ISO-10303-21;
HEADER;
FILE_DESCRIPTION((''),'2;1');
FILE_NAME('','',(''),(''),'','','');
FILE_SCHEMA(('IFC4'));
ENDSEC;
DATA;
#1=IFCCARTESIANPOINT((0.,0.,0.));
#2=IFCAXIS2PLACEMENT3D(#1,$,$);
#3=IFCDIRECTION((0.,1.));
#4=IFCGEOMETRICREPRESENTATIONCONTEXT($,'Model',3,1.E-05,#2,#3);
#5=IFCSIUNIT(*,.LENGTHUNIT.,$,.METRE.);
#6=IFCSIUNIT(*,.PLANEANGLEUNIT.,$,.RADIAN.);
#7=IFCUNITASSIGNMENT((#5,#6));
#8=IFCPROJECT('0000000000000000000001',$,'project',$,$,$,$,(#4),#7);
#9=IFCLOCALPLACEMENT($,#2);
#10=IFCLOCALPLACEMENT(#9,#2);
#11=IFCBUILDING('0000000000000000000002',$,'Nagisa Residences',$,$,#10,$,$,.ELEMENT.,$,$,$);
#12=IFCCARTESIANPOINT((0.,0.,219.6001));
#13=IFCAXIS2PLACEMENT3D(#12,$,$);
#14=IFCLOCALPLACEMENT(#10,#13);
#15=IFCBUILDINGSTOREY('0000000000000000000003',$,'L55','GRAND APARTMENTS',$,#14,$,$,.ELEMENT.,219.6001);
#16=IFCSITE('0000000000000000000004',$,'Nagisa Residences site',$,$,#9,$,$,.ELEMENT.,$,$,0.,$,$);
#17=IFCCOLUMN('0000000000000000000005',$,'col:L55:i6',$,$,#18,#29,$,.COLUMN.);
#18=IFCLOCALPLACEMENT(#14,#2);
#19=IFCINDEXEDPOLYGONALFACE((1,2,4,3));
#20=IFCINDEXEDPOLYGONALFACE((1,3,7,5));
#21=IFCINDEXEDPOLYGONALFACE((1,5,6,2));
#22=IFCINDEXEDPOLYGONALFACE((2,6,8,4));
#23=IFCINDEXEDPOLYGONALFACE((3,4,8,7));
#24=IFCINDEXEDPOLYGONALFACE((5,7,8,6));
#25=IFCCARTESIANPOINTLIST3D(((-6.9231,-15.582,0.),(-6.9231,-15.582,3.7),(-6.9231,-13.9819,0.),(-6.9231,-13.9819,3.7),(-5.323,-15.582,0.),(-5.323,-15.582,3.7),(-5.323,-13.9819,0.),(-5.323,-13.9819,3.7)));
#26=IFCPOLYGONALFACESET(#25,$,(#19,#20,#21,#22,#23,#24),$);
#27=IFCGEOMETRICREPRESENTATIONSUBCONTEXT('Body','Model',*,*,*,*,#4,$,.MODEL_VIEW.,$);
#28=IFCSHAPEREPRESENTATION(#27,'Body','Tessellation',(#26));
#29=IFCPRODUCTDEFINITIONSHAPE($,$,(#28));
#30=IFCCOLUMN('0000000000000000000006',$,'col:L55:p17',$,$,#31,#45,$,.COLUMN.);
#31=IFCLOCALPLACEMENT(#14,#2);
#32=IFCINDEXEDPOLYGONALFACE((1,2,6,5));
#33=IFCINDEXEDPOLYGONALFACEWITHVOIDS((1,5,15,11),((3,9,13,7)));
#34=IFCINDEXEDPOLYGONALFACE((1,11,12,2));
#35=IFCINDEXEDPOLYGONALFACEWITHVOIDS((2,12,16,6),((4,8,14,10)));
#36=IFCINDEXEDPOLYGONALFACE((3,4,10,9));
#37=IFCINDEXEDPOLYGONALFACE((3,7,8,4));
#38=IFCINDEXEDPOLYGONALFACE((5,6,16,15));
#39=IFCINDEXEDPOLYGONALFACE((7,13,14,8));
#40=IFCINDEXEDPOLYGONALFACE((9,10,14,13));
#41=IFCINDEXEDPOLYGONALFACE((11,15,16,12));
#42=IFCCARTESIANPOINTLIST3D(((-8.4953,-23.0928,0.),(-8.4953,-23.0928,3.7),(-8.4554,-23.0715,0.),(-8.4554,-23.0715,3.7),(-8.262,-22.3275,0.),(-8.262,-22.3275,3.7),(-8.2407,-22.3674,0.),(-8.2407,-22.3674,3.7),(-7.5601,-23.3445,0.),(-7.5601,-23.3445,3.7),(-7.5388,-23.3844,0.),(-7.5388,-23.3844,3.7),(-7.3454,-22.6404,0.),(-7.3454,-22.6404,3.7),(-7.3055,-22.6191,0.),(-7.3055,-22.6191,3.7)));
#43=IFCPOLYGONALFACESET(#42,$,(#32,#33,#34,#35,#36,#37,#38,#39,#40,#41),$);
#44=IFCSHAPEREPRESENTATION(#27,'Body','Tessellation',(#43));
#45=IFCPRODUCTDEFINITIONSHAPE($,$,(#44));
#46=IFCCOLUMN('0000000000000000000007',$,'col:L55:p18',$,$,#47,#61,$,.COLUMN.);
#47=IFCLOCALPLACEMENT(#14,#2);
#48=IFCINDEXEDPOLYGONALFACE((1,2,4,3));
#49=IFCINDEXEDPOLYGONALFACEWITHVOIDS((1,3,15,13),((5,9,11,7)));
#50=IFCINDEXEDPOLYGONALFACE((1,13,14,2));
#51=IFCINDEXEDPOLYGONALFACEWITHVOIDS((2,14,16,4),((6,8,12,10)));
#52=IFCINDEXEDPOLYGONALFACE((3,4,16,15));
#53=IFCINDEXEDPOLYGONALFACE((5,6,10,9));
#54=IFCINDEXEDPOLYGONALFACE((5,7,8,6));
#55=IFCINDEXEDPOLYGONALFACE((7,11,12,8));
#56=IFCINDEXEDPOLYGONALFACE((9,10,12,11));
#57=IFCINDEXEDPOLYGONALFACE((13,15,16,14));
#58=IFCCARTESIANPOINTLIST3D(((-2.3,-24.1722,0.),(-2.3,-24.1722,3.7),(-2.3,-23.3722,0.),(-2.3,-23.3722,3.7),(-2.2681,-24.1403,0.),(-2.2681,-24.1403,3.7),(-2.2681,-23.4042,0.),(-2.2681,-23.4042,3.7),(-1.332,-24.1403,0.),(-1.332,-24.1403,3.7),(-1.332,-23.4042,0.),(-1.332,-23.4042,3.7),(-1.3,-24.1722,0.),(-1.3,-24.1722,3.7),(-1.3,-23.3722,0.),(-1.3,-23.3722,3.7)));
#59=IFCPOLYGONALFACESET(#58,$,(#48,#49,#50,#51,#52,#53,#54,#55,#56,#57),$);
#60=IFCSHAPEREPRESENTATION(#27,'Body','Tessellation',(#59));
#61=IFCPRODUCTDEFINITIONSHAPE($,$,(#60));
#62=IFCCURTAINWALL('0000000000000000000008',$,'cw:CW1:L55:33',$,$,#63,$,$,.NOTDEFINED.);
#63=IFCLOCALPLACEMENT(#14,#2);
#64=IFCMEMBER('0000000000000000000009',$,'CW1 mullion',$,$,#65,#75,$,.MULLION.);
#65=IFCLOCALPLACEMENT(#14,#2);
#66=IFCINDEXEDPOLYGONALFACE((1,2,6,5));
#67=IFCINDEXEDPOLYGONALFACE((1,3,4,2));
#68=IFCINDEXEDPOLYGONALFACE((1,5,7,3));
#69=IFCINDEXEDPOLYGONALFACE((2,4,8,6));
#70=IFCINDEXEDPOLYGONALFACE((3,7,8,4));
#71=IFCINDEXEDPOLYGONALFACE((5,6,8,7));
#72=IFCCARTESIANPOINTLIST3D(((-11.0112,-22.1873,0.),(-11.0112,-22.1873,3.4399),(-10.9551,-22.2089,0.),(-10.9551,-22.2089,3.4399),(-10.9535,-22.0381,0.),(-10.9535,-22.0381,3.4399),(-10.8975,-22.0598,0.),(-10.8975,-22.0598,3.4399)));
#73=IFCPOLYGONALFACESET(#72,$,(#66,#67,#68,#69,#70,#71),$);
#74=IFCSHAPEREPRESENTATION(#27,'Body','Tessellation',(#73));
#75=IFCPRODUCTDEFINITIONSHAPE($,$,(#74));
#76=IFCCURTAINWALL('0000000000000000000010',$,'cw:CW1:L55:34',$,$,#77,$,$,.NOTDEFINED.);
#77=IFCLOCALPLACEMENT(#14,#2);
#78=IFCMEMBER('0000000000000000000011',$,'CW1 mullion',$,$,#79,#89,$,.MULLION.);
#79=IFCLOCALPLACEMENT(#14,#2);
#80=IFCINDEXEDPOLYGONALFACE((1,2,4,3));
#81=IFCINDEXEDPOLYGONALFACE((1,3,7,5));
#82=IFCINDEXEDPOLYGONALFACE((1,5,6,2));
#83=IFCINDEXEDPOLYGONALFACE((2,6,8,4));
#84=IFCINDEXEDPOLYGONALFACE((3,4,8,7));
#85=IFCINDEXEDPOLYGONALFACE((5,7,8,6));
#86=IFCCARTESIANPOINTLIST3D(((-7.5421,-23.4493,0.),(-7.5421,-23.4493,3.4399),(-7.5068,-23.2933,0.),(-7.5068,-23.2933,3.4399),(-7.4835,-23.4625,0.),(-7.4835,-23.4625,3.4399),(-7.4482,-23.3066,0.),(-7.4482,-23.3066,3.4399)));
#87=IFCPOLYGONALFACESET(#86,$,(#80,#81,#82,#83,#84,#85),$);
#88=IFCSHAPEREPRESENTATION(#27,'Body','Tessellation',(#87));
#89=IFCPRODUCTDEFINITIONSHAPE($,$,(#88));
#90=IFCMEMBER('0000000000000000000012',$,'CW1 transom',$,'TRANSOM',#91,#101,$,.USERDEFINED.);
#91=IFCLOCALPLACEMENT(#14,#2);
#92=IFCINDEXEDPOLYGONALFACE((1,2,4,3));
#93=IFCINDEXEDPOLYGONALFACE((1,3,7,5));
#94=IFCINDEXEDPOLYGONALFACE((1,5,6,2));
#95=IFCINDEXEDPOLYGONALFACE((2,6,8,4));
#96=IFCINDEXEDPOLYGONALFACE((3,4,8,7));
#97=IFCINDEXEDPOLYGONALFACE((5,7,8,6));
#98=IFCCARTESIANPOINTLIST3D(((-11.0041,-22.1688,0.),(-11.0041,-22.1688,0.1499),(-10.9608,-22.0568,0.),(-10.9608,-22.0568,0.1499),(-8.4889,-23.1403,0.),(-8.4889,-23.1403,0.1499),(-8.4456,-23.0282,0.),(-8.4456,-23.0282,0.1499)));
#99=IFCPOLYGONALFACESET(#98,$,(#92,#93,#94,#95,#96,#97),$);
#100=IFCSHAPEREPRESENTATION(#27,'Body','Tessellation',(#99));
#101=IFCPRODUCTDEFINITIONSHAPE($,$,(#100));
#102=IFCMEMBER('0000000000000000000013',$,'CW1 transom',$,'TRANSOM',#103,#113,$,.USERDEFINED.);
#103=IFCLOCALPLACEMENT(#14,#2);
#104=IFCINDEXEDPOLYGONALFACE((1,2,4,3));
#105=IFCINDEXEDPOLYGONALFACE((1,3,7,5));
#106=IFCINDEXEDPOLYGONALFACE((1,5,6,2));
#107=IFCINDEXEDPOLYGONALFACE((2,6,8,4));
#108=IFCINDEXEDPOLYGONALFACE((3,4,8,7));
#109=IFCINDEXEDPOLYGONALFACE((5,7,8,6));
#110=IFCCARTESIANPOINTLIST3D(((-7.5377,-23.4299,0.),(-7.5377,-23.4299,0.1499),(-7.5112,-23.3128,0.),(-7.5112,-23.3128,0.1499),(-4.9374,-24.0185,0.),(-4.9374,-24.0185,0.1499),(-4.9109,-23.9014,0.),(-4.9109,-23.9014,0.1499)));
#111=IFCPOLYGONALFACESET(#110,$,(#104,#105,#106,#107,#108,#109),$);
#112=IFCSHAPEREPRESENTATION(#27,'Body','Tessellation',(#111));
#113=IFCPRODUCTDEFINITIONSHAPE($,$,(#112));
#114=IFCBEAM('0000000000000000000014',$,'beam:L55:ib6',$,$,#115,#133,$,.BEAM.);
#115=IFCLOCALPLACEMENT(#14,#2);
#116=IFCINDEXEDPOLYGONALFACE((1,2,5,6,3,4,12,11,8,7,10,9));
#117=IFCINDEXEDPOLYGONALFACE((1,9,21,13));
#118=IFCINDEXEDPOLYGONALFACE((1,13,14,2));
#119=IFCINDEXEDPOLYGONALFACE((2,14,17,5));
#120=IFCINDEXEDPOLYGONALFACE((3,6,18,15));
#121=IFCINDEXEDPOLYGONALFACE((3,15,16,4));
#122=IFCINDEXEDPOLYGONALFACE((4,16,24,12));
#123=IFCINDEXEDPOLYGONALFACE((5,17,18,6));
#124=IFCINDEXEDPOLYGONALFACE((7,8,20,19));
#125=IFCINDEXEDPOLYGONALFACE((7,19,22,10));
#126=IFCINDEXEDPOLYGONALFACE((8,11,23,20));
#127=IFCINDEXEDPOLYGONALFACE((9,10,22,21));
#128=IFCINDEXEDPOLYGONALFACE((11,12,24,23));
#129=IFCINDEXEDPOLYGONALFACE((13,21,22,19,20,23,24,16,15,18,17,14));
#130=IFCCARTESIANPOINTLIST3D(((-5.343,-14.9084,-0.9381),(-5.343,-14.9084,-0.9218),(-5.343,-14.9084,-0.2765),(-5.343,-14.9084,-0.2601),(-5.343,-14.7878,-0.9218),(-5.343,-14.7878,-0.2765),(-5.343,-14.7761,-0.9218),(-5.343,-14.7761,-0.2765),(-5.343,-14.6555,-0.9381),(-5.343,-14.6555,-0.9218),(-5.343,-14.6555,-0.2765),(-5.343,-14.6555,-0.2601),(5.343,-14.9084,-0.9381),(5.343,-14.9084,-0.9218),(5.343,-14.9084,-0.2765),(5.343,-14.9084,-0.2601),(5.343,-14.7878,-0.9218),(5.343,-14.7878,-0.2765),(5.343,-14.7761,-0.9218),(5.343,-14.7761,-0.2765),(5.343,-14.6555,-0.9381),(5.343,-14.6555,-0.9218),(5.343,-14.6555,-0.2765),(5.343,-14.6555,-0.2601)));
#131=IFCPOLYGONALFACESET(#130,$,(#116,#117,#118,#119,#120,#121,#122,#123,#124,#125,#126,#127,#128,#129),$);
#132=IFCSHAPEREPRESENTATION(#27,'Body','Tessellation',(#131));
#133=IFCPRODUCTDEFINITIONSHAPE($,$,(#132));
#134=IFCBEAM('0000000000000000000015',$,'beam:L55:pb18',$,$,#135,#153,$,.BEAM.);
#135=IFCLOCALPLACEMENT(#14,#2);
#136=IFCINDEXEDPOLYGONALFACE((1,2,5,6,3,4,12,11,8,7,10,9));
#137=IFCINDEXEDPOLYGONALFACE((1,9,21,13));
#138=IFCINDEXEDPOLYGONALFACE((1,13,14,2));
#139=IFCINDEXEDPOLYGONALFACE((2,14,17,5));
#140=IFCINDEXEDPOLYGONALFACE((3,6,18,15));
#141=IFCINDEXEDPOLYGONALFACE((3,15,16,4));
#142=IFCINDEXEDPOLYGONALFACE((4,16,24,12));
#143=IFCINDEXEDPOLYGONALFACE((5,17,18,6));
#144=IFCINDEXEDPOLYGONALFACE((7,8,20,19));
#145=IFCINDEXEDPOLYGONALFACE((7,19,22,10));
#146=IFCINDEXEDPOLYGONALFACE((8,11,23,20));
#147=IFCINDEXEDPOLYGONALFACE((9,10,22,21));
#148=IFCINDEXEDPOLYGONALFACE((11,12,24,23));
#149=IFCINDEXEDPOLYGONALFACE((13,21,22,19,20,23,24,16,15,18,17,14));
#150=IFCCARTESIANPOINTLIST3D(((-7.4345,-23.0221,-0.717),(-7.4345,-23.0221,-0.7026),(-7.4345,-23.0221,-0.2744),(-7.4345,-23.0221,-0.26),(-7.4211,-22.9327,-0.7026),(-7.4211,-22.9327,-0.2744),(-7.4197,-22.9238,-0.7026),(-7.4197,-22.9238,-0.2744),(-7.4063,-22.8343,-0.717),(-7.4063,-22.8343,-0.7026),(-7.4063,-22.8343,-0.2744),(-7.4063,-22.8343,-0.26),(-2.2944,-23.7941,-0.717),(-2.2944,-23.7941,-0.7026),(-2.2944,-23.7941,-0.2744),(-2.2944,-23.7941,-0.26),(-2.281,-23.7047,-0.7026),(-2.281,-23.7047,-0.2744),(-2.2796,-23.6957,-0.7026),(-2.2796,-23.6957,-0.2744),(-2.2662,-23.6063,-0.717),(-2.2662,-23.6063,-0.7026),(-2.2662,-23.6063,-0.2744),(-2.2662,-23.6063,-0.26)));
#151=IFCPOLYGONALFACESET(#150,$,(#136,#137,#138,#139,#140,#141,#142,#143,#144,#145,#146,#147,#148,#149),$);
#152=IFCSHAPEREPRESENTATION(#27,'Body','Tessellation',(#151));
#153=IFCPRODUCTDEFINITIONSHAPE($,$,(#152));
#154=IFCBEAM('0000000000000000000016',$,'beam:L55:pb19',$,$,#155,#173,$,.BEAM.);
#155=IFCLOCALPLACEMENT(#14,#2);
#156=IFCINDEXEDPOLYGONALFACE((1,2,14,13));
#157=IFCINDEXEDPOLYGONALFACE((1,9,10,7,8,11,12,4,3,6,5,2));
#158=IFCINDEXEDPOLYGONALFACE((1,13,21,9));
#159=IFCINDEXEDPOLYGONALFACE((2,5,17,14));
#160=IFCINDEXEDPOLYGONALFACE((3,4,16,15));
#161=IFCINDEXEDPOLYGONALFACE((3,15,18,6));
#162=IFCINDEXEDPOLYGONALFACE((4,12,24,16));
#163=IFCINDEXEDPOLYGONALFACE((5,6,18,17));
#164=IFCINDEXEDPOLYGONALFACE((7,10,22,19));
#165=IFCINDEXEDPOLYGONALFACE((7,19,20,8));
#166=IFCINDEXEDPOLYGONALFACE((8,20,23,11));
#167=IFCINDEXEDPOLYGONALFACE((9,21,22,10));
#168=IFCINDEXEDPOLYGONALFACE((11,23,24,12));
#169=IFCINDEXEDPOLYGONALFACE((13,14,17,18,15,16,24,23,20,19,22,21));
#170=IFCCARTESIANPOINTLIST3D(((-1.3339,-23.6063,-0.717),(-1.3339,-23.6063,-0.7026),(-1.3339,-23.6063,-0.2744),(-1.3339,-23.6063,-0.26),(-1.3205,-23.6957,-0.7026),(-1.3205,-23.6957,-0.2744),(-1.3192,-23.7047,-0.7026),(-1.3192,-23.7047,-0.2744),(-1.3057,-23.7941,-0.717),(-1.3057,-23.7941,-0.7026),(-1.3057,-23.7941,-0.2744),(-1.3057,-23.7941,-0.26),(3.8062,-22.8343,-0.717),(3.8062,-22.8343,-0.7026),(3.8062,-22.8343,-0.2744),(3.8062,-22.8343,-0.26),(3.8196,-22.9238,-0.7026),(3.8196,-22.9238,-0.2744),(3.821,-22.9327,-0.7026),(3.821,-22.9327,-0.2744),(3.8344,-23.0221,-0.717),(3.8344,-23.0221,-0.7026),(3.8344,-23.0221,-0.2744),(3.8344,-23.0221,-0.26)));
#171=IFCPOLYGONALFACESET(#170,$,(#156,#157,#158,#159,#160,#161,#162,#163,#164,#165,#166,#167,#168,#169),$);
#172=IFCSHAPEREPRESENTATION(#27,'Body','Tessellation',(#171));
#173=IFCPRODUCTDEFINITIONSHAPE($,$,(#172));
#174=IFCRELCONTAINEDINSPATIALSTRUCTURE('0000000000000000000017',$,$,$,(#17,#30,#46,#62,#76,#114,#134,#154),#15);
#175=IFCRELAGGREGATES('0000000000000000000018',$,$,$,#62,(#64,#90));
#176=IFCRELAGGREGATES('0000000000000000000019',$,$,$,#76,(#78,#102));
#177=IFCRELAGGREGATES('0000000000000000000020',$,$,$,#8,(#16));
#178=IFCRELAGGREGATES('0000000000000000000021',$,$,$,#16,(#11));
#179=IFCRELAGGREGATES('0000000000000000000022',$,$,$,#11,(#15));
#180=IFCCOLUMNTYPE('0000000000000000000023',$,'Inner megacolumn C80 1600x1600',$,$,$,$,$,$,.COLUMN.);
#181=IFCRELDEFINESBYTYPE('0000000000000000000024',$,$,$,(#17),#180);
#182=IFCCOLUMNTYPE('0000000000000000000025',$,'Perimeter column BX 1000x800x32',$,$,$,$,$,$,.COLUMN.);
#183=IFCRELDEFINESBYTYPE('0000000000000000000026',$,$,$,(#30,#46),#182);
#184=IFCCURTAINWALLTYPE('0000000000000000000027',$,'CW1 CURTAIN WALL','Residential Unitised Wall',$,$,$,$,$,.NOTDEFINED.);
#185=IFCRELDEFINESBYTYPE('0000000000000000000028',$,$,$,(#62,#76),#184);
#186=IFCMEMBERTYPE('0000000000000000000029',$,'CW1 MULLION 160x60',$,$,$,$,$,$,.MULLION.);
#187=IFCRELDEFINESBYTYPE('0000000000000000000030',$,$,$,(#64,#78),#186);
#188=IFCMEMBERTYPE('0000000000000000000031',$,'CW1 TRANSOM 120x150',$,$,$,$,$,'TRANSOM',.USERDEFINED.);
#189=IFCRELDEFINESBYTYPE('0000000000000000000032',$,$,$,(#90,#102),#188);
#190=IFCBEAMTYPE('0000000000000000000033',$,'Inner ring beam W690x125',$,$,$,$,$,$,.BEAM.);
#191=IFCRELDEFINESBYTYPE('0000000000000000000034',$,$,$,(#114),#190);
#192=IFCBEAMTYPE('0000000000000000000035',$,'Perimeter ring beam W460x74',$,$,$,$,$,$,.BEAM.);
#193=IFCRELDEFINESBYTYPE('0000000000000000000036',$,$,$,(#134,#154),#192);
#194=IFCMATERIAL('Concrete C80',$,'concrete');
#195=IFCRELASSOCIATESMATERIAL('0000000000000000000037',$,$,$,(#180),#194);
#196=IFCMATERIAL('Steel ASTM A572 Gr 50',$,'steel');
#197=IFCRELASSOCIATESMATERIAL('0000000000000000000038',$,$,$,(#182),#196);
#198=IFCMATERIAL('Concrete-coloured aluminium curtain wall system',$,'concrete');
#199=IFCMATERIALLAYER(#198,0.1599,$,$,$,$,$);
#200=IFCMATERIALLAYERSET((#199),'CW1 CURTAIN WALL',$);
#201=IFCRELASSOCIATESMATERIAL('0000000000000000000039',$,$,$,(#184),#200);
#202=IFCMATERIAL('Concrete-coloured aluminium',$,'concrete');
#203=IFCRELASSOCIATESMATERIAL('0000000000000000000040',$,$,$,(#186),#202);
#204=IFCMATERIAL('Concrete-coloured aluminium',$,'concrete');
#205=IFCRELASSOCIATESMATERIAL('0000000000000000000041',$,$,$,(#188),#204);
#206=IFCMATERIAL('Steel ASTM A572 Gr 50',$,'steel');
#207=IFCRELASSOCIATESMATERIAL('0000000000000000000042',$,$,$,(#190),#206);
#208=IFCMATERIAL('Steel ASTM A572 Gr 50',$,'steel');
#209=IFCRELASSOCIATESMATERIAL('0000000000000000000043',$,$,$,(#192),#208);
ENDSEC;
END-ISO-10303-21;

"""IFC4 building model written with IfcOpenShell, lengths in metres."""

from ifc_helpers import new_model, si_unit, direction, frame, origin, origin_2d, place, context, subcontext, project, spatial, rectangle, hollow_rectangle, i_section, extrude, material, layer, layer_set, material_profile, profile_set, type_object, element, aggregate, save


model = new_model("IFC4")

# Units and contexts
model_context = context("Model", 3, precision=1e-05, world=origin(), true_north=direction((0.0, 1.0)))
body_context = subcontext(model_context, "Body", "Model", "MODEL_VIEW")
ifc_project = project(units=[si_unit("LENGTHUNIT", "METRE"), si_unit("PLANEANGLEUNIT", "RADIAN")], contexts=[model_context])

# Site, building, storey
site_placement = place(None, origin())
site = spatial("IfcSite", under=ifc_project, at=site_placement, Name="Nagisa Residences site", CompositionType="ELEMENT", RefElevation=0.0)
building_placement = place(site_placement, origin())
building = spatial("IfcBuilding", under=site, at=building_placement, Name="Nagisa Residences", CompositionType="ELEMENT")
storey_placement = place(building_placement, frame((0.0, 0.0, 219.6001)))
storey = spatial("IfcBuildingStorey", under=building, at=storey_placement, Name="L55", Description="GRAND APARTMENTS", CompositionType="ELEMENT", Elevation=219.6001)

# Columns
ifc_material_1 = material(Name="Concrete C80", Category="concrete")
ifc_material_profile_1 = material_profile(ifc_material_1, rectangle(XDim=1.6001, YDim=1.6001, at=origin_2d()), Name="C80 1600x1600")
ifc_profile_set_1 = profile_set([ifc_material_profile_1], Name="Concrete C80")
column_type_1 = type_object("IfcColumnType", Name="Inner megacolumn C80 1600x1600", PredefinedType="COLUMN", material=ifc_profile_set_1)
column_placement = place(storey_placement, frame((-6.123, -14.782, 0.0), z_axis=(0.0, 0.0, 1.0), x_axis=(1.0, 0.0, 0.0)))
element("IfcColumn", 1, at=column_placement, inside=storey, type_object=column_type_1, Name="col:L55:i6", PredefinedType="COLUMN", context=body_context, shape_type="SweptSolid", body=[
    extrude(rectangle(XDim=1.6001, YDim=1.6001, at=origin_2d()), origin(), (0.0, 0.0, 1.0), 3.7),
])
ifc_material_2 = material(Name="Steel ASTM A572 Gr 50", Category="steel")
ifc_material_profile_2 = material_profile(ifc_material_2, hollow_rectangle(XDim=1.0, YDim=0.8, WallThickness=0.032, at=origin_2d()), Name="BX 1000x800x32")
ifc_profile_set_2 = profile_set([ifc_material_profile_2], Name="Steel ASTM A572 Gr 50")
column_type_2 = type_object("IfcColumnType", Name="Perimeter column BX 1000x800x32", PredefinedType="COLUMN", material=ifc_profile_set_2)
for number, where, z_axis, x_axis, name in (
    (2, (-7.9004, -22.856, 0.0), (0.0, 0.0, 1.0), (0.956525, -0.291652, 0.0), "col:L55:p17"),
    (3, (-1.8, -23.7722, 0.0), (0.0, 0.0, 1.0), (1.0, 0.0, 0.0), "col:L55:p18"),
):
    element("IfcColumn", number, at=place(storey_placement, frame(where, z_axis=z_axis, x_axis=x_axis)), inside=storey, type_object=column_type_2, Name=name, PredefinedType="COLUMN", context=body_context, shape_type="SweptSolid", body=[
        extrude(hollow_rectangle(XDim=1.0, YDim=0.8, WallThickness=0.032, at=origin_2d()), origin(), (0.0, 0.0, 1.0), 3.7),
    ])

# Curtain walls, members
ifc_material_3 = material(Name="Concrete-coloured aluminium curtain wall system", Category="concrete")
ifc_layer_1 = layer(ifc_material_3, 0.1599)
ifc_layer_set_1 = layer_set([ifc_layer_1], Name="CW1 CURTAIN WALL")
curtain_wall_type = type_object("IfcCurtainWallType", Name="CW1 CURTAIN WALL", Description="Residential Unitised Wall", PredefinedType="NOTDEFINED", material=ifc_layer_set_1)
curtain_wall_1_placement = place(storey_placement, origin())
curtain_wall_1 = element("IfcCurtainWall", 4, at=curtain_wall_1_placement, inside=storey, type_object=curtain_wall_type, Name="cw:CW1:L55:33", PredefinedType="NOTDEFINED")
ifc_material_4 = material(Name="Concrete-coloured aluminium", Category="concrete")
ifc_material_profile_3 = material_profile(ifc_material_4, rectangle(XDim=0.1599, YDim=0.0601, at=origin_2d()), Name="CW1 MULLION 160x60")
ifc_profile_set_3 = profile_set([ifc_material_profile_3], Name="Concrete-coloured aluminium")
member_type_1 = type_object("IfcMemberType", Name="CW1 MULLION 160x60", PredefinedType="MULLION", material=ifc_profile_set_3)
member_1_placement = place(storey_placement, frame((-10.9543, -22.1235, 0.0), z_axis=(0.0, 0.0, 1.0), x_axis=(0.360328, 0.932826, 0.0)))
member_1 = element("IfcMember", 5, at=member_1_placement, type_object=member_type_1, Name="CW1 mullion", PredefinedType="MULLION", context=body_context, shape_type="SweptSolid", body=[
    extrude(rectangle(XDim=0.1599, YDim=0.0601, at=origin_2d()), origin(), (0.0, 0.0, 1.0), 3.4399),
])
curtain_wall_2_placement = place(storey_placement, origin())
curtain_wall_2 = element("IfcCurtainWall", 6, at=curtain_wall_2_placement, inside=storey, type_object=curtain_wall_type, Name="cw:CW1:L55:34", PredefinedType="NOTDEFINED")
member_2_placement = place(storey_placement, frame((-7.4951, -23.3779, 0.0), z_axis=(0.0, 0.0, 1.0), x_axis=(0.220764, 0.975327, 0.0)))
member_2 = element("IfcMember", 7, at=member_2_placement, type_object=member_type_1, Name="CW1 mullion", PredefinedType="MULLION", context=body_context, shape_type="SweptSolid", body=[
    extrude(rectangle(XDim=0.1599, YDim=0.0601, at=origin_2d()), origin(), (0.0, 0.0, 1.0), 3.4399),
])

# Members
ifc_material_5 = material(Name="Concrete-coloured aluminium", Category="concrete")
ifc_material_profile_4 = material_profile(ifc_material_5, rectangle(XDim=0.1201, YDim=0.1499, at=origin_2d()), Name="CW1 TRANSOM 120x150")
ifc_profile_set_4 = profile_set([ifc_material_profile_4], Name="Concrete-coloured aluminium")
member_type_2 = type_object("IfcMemberType", Name="CW1 TRANSOM 120x150", ElementType="TRANSOM", PredefinedType="USERDEFINED", material=ifc_profile_set_4)
member_3_placement = place(storey_placement, frame((-10.9824, -22.1128, 0.075), z_axis=(0.932838, -0.360295, 0.0), x_axis=(0.360295, 0.932838, 0.0)))
member_3 = element("IfcMember", 8, at=member_3_placement, type_object=member_type_2, Name="CW1 transom", ObjectType="TRANSOM", PredefinedType="USERDEFINED", context=body_context, shape_type="SweptSolid", body=[
    extrude(rectangle(XDim=0.1201, YDim=0.1499, at=origin_2d()), origin(), (0.0, 0.0, 1.0), 2.6963),
])
member_4_placement = place(storey_placement, frame((-7.5244, -23.3713, 0.075), z_axis=(0.975324, -0.220778, 0.0), x_axis=(0.220778, 0.975324, 0.0)))
member_4 = element("IfcMember", 9, at=member_4_placement, type_object=member_type_2, Name="CW1 transom", ObjectType="TRANSOM", PredefinedType="USERDEFINED", context=body_context, shape_type="SweptSolid", body=[
    extrude(rectangle(XDim=0.1201, YDim=0.1499, at=origin_2d()), origin(), (0.0, 0.0, 1.0), 2.666),
])

# Beams
ifc_material_6 = material(Name="Steel ASTM A572 Gr 50", Category="steel")
ifc_material_profile_5 = material_profile(ifc_material_6, i_section(OverallWidth=0.2529, OverallDepth=0.678, WebThickness=0.0117, FlangeThickness=0.0164, at=origin_2d()), Name="W690x125")
ifc_profile_set_5 = profile_set([ifc_material_profile_5], Name="Steel ASTM A572 Gr 50")
beam_type_1 = type_object("IfcBeamType", Name="Inner ring beam W690x125", PredefinedType="BEAM", material=ifc_profile_set_5)
beam_1_placement = place(storey_placement, frame((-5.343, -14.782, -0.5991), z_axis=(1.0, 0.0, 0.0), x_axis=(0.0, 1.0, 0.0)))
element("IfcBeam", 10, at=beam_1_placement, inside=storey, type_object=beam_type_1, Name="beam:L55:ib6", PredefinedType="BEAM", context=body_context, shape_type="SweptSolid", body=[
    extrude(i_section(OverallWidth=0.2529, OverallDepth=0.678, WebThickness=0.0117, FlangeThickness=0.0164, at=origin_2d()), origin(), (0.0, 0.0, 1.0), 10.686),
])
ifc_material_7 = material(Name="Steel ASTM A572 Gr 50", Category="steel")
ifc_material_profile_6 = material_profile(ifc_material_7, i_section(OverallWidth=0.1899, OverallDepth=0.457, WebThickness=0.009, FlangeThickness=0.0144, at=origin_2d()), Name="W460x74")
ifc_profile_set_6 = profile_set([ifc_material_profile_6], Name="Steel ASTM A572 Gr 50")
beam_type_2 = type_object("IfcBeamType", Name="Perimeter ring beam W460x74", PredefinedType="BEAM", material=ifc_profile_set_6)
for number, where, z_axis, x_axis, name in (
    (11, (-7.4204, -22.9282, -0.4885), (0.988909, -0.14852, 0.0), (0.14852, 0.988909, 0.0), "beam:L55:pb18"),
    (12, (-1.3198, -23.7002, -0.4885), (0.988909, 0.14852, 0.0), (-0.14852, 0.988909, 0.0), "beam:L55:pb19"),
):
    element("IfcBeam", number, at=place(storey_placement, frame(where, z_axis=z_axis, x_axis=x_axis)), inside=storey, type_object=beam_type_2, Name=name, PredefinedType="BEAM", context=body_context, shape_type="SweptSolid", body=[
        extrude(i_section(OverallWidth=0.1899, OverallDepth=0.457, WebThickness=0.009, FlangeThickness=0.0144, at=origin_2d()), origin(), (0.0, 0.0, 1.0), 5.1978),
    ])

aggregate(curtain_wall_1, [member_1, member_3])
aggregate(curtain_wall_2, [member_2, member_4])

save(model, "model.ifc")
